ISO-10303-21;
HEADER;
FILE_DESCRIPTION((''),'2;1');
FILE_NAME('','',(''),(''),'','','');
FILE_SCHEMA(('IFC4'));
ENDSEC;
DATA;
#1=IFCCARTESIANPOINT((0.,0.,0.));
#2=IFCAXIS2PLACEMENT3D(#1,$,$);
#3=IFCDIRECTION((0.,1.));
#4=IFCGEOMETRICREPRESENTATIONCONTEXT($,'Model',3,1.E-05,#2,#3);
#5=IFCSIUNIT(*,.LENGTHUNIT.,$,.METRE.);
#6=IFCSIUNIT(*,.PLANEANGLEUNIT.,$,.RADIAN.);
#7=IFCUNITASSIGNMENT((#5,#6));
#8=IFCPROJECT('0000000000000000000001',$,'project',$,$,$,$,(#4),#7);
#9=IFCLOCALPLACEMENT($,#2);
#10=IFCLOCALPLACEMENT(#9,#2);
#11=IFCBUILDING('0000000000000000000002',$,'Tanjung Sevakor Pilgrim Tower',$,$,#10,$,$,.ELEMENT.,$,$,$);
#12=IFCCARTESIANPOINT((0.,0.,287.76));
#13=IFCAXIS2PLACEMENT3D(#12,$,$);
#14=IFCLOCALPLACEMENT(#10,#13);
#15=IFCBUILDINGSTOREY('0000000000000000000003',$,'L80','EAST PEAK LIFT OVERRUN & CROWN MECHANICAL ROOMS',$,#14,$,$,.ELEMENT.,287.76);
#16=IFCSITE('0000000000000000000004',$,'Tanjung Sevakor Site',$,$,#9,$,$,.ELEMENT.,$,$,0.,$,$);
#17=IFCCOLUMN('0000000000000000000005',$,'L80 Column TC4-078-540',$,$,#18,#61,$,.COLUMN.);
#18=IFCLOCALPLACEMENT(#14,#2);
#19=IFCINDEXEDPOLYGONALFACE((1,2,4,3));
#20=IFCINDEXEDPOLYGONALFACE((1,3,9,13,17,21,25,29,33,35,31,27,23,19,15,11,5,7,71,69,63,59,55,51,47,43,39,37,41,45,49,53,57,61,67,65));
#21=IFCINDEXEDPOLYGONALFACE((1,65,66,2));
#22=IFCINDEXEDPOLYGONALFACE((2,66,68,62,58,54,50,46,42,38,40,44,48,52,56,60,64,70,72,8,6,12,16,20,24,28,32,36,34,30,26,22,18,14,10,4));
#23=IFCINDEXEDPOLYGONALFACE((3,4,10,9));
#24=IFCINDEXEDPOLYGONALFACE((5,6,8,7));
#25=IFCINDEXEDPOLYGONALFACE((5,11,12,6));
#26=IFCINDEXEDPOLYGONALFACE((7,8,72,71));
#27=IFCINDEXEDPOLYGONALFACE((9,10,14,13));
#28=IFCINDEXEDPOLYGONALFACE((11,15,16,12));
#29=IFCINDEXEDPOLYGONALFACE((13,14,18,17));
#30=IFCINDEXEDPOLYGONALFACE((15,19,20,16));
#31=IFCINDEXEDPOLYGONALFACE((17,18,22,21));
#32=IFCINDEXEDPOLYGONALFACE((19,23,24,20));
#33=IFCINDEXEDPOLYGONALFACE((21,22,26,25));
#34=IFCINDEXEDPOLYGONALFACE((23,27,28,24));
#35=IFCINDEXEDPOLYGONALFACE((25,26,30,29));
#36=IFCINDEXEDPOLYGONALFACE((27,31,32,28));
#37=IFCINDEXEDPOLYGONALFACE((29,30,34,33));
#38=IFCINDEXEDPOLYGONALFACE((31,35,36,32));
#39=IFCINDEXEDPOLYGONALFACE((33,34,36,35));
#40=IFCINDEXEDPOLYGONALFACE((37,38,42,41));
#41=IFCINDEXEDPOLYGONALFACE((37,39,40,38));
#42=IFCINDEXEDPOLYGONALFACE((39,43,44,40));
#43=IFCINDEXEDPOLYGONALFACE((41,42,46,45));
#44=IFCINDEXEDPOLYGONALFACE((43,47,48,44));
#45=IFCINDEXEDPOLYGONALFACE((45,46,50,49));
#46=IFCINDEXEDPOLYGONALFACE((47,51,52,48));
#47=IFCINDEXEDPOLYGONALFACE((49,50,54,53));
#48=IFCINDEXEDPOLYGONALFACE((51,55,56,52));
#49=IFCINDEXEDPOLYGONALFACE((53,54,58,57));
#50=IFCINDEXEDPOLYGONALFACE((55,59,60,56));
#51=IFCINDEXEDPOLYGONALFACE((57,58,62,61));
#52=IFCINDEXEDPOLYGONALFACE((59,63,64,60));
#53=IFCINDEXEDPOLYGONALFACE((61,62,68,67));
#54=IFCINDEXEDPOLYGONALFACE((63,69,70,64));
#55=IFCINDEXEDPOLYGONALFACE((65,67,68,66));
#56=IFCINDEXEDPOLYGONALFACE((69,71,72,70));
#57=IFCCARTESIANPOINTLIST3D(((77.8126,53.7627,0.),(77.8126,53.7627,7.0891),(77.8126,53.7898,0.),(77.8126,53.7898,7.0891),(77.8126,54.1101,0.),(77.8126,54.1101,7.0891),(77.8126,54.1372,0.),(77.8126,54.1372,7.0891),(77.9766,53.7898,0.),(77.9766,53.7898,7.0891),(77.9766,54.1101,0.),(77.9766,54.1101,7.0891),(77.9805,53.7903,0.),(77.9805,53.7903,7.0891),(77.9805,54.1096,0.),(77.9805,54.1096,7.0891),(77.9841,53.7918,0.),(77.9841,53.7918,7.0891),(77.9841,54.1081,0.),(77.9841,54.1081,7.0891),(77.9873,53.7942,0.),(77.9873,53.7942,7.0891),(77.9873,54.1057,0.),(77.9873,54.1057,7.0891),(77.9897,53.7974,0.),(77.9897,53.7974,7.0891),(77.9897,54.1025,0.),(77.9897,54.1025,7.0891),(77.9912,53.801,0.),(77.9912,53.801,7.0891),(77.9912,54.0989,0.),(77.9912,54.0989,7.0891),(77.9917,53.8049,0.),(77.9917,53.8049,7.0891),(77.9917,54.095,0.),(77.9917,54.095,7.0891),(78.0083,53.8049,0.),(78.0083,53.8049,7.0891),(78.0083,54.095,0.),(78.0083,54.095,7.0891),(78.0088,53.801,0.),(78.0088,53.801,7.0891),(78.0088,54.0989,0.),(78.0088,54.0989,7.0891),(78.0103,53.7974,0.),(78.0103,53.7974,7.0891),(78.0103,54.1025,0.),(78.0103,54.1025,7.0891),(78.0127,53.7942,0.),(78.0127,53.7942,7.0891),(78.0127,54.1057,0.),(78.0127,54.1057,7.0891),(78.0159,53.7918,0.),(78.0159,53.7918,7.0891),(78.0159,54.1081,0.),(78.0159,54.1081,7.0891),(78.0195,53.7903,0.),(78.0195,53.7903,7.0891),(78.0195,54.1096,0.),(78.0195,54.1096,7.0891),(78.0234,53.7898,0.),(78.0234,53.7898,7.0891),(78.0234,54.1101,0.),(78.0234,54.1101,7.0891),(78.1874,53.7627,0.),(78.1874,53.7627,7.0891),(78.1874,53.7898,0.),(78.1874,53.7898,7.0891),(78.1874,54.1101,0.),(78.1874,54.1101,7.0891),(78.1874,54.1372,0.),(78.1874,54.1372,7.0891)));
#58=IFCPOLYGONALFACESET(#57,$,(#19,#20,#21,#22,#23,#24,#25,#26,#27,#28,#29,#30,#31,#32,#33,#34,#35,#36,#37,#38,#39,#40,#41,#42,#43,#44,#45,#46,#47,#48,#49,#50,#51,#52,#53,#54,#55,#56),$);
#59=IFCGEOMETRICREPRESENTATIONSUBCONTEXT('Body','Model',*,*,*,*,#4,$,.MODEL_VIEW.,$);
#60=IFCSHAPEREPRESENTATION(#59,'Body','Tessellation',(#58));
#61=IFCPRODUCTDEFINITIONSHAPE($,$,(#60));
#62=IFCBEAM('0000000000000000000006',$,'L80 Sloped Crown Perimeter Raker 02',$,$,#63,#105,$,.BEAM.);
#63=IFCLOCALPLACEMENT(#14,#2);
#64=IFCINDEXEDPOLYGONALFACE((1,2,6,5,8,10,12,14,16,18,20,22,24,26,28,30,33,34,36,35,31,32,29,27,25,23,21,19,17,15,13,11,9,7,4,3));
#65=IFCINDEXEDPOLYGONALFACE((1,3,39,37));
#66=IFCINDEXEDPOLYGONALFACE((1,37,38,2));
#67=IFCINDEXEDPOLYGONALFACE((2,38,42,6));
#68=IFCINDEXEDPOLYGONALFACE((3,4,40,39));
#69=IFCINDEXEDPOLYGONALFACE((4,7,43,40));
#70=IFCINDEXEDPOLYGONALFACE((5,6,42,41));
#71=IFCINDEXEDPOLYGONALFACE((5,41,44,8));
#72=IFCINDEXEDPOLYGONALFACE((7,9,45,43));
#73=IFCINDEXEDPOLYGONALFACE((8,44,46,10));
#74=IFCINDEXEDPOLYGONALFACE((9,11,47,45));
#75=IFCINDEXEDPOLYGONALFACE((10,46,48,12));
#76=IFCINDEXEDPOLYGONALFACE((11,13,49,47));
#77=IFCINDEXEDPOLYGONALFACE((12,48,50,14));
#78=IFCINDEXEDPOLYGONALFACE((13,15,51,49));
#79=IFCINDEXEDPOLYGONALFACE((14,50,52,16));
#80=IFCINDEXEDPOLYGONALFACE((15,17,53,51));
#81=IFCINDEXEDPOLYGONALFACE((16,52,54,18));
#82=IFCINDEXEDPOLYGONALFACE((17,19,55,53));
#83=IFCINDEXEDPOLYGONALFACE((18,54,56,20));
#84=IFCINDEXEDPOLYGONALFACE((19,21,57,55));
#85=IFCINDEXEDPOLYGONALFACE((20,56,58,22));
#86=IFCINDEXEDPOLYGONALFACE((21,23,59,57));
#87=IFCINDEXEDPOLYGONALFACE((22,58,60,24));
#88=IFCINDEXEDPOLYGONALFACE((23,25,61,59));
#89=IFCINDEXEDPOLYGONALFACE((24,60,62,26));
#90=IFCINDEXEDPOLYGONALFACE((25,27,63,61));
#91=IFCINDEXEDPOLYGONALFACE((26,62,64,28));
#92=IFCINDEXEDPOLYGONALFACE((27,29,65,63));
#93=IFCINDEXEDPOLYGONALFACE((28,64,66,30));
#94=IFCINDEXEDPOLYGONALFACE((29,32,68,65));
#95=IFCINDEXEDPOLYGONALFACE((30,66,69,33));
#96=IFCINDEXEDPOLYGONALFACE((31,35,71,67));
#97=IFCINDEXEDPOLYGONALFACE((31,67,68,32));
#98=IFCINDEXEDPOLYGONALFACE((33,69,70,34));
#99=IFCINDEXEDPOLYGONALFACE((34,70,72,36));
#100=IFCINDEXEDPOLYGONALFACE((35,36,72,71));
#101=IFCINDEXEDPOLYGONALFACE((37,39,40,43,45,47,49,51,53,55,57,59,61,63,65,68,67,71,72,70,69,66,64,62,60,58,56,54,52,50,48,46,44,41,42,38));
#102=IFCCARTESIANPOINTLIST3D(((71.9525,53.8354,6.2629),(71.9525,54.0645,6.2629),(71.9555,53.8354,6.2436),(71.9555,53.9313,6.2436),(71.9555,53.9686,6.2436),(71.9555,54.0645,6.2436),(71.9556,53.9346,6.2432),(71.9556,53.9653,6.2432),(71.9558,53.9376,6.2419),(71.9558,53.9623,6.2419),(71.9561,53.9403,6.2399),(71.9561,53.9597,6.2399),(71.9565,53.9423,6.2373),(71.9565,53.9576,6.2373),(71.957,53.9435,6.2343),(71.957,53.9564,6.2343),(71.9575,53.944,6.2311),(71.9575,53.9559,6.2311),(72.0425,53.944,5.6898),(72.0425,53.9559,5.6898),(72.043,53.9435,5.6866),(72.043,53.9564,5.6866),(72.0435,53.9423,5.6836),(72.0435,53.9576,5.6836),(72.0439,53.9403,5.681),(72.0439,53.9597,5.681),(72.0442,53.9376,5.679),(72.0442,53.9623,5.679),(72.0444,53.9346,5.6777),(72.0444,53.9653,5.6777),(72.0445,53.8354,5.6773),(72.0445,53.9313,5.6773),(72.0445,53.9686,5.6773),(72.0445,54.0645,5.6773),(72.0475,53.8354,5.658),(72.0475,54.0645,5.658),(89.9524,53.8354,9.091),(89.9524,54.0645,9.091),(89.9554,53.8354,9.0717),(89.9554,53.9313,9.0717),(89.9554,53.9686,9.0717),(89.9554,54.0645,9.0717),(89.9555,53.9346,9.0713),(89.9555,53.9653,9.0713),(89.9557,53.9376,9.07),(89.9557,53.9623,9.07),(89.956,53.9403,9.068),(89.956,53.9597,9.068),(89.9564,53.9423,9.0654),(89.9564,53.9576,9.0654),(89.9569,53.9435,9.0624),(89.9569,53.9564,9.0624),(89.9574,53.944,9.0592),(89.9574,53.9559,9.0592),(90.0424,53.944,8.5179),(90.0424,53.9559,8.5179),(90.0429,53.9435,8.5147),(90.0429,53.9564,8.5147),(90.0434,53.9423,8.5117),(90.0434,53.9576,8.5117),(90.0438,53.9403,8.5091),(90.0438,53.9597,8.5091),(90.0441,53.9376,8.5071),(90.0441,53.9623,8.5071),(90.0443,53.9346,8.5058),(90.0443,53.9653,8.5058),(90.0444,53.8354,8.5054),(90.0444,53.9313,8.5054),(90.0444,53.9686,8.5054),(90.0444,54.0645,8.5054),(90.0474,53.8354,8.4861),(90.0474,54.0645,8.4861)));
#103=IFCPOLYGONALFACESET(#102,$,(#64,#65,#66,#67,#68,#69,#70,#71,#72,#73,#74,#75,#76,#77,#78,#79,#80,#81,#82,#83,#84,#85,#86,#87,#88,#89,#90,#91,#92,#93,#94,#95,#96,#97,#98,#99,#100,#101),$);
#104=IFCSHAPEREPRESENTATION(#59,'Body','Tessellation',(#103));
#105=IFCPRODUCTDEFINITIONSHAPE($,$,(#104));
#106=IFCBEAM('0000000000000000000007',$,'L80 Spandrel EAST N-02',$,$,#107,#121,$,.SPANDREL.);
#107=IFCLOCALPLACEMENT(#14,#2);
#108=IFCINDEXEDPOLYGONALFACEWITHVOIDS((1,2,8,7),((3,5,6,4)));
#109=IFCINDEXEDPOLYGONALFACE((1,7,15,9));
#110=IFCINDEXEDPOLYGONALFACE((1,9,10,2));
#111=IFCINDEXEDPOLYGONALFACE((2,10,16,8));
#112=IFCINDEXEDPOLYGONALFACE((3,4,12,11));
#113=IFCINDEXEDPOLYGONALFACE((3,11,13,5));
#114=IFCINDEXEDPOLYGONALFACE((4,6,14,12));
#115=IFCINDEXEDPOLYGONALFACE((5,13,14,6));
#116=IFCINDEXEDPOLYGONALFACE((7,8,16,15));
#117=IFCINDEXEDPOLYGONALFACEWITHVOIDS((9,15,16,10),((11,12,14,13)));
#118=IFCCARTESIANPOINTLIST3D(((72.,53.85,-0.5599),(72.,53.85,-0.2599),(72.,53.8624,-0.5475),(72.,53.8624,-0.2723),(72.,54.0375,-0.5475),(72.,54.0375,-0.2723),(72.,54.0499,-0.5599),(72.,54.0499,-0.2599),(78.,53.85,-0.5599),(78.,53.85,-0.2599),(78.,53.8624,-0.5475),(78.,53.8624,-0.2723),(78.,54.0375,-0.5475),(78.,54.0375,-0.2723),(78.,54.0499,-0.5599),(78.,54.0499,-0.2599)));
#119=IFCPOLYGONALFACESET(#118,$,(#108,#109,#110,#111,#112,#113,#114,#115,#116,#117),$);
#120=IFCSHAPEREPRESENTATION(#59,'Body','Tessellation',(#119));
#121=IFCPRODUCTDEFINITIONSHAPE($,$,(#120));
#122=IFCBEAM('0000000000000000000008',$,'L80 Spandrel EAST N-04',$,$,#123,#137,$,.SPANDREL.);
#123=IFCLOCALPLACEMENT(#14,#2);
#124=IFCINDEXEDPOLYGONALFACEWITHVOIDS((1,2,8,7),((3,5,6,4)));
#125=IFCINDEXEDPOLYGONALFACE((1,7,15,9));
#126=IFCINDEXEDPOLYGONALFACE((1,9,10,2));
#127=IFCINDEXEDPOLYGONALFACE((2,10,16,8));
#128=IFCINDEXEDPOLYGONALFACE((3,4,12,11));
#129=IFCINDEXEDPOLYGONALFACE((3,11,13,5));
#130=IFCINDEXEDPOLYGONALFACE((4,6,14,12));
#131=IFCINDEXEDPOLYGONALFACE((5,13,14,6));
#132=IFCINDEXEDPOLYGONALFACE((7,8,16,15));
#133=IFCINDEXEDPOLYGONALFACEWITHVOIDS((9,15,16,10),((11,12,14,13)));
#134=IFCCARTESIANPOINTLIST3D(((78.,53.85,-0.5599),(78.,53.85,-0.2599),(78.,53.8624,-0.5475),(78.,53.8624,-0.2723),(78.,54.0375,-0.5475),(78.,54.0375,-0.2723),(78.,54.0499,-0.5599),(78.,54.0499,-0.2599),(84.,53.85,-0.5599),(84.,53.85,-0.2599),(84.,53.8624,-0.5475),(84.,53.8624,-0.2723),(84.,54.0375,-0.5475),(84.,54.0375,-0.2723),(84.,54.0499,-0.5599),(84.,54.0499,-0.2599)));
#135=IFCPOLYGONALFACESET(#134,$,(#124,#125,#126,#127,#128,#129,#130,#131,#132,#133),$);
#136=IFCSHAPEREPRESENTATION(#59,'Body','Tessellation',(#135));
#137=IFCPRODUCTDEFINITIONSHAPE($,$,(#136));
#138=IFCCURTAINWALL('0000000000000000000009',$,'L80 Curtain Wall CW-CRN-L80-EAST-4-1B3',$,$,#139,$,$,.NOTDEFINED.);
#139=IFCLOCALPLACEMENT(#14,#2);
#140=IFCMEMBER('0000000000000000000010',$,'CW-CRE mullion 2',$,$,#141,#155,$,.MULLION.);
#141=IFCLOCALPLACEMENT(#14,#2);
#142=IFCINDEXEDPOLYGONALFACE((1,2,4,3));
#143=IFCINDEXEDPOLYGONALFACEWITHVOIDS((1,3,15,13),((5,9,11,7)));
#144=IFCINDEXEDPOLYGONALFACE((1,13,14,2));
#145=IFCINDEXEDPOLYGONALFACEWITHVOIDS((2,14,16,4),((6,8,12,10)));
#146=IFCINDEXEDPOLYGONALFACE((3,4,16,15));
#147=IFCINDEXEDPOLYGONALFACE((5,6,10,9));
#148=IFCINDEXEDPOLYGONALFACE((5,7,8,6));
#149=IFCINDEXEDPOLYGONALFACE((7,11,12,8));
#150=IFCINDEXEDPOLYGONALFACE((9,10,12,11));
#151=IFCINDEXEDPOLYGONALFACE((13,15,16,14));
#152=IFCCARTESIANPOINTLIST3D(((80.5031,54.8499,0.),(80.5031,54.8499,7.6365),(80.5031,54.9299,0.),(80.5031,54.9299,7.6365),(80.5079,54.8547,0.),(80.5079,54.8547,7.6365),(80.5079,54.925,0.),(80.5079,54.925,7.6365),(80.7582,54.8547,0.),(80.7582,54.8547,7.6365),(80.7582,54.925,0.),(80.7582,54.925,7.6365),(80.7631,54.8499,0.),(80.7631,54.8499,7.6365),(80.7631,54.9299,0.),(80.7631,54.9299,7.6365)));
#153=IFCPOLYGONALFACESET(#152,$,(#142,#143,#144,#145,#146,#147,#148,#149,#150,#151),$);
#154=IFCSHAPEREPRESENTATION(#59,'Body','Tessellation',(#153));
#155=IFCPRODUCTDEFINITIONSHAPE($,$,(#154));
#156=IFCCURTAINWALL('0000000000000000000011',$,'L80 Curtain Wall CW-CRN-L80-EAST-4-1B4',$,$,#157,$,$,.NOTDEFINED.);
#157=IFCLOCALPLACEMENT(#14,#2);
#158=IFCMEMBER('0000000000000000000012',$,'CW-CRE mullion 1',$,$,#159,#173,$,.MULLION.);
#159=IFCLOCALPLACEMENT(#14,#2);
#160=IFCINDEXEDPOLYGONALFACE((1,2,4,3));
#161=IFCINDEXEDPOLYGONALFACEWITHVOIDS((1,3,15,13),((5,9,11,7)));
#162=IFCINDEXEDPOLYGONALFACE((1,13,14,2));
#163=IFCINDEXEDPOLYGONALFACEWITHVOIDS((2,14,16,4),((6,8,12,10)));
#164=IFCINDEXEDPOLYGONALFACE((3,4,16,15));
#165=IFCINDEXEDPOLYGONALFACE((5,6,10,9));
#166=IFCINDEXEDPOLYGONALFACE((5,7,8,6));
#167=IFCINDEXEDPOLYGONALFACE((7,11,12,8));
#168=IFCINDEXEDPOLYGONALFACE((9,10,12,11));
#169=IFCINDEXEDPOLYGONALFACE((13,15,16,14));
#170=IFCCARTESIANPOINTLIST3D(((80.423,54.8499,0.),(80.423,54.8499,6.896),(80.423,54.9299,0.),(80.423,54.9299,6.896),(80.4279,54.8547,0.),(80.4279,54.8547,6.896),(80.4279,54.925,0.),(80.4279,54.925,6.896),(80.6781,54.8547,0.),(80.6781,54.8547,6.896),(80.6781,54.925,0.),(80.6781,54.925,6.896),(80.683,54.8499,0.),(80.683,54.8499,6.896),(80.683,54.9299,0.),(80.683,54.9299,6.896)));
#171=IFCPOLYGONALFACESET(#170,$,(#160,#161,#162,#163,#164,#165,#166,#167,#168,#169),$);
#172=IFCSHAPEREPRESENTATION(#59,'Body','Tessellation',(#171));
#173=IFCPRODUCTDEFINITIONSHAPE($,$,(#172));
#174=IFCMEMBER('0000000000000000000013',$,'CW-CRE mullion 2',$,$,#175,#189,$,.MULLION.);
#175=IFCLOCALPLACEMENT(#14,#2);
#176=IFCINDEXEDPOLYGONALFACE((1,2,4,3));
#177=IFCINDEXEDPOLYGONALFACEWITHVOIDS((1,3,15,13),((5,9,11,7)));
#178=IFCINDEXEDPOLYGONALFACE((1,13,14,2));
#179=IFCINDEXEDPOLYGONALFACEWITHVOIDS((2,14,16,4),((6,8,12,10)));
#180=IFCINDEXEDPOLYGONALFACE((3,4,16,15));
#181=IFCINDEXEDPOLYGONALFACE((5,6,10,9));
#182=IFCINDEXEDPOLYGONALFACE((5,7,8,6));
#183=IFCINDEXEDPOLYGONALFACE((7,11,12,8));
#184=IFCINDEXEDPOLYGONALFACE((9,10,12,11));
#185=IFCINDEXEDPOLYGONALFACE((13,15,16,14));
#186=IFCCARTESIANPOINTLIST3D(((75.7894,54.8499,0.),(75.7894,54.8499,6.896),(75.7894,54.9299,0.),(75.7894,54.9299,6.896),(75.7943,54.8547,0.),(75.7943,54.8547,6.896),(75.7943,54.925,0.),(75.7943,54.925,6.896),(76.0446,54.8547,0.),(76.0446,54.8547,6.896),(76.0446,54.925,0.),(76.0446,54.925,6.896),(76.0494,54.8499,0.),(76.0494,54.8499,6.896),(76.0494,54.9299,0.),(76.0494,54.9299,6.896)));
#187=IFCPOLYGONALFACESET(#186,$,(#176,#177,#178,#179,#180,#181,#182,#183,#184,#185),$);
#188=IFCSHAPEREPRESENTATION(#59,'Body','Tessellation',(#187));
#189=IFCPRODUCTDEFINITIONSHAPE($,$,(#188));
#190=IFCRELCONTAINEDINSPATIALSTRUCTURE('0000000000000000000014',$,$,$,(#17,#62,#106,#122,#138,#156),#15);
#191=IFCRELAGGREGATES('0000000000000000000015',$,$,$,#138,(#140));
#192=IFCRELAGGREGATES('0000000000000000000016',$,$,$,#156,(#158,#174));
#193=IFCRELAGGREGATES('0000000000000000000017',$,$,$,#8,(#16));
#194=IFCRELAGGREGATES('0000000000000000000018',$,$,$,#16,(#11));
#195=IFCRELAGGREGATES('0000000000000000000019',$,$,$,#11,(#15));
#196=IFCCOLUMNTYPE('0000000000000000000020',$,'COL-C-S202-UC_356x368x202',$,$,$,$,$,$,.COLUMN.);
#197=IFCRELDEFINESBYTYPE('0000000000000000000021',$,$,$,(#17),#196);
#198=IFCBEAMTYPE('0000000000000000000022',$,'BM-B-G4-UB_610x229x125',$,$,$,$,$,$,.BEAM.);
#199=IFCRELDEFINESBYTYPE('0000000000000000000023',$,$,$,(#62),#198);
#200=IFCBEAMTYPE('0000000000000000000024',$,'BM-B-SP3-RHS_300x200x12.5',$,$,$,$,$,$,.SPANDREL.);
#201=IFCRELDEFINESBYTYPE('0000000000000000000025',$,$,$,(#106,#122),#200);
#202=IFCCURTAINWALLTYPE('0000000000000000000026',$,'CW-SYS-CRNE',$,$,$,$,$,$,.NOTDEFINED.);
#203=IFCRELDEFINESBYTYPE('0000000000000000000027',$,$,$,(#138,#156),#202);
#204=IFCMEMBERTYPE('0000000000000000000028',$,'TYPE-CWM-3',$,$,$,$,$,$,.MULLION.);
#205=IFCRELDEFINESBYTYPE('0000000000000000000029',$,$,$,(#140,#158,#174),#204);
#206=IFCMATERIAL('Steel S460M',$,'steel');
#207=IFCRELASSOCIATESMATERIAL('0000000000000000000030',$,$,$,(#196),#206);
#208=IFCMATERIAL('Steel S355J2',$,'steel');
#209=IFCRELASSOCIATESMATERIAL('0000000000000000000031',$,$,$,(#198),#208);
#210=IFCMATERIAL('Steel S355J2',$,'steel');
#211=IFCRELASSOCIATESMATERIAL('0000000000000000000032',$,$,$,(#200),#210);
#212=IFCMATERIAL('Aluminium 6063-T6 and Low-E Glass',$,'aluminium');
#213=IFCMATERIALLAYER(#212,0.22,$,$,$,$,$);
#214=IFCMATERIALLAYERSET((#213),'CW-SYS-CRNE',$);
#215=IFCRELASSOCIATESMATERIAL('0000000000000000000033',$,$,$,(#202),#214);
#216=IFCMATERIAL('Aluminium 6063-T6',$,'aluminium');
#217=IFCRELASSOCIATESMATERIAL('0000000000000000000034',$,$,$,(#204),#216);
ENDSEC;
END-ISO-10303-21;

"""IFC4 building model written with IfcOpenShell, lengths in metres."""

from ifc_helpers import new_model, si_unit, direction, frame, origin, origin_2d, place, context, subcontext, project, spatial, hollow_rectangle, i_section, extrude, material, layer, layer_set, material_profile, profile_set, type_object, element, aggregate, save


model = new_model("IFC4")

# Units and contexts
model_context = context("Model", 3, precision=1e-05, world=origin(), true_north=direction((0.0, 1.0)))
body_context = subcontext(model_context, "Body", "Model", "MODEL_VIEW")
ifc_project = project(units=[si_unit("LENGTHUNIT", "METRE"), si_unit("PLANEANGLEUNIT", "RADIAN")], contexts=[model_context])

# Site, building, storey
site_placement = place(None, origin())
site = spatial("IfcSite", under=ifc_project, at=site_placement, Name="Tanjung Sevakor Site", CompositionType="ELEMENT", RefElevation=0.0)
building_placement = place(site_placement, origin())
building = spatial("IfcBuilding", under=site, at=building_placement, Name="Tanjung Sevakor Pilgrim Tower", CompositionType="ELEMENT")
storey_placement = place(building_placement, frame((0.0, 0.0, 287.76)))
storey = spatial("IfcBuildingStorey", under=building, at=storey_placement, Name="L80", Description="EAST PEAK LIFT OVERRUN & CROWN MECHANICAL ROOMS", CompositionType="ELEMENT", Elevation=287.76)

# Column
ifc_material_1 = material(Name="Steel S460M", Category="steel")
ifc_material_profile_1 = material_profile(ifc_material_1, i_section(OverallWidth=0.3748, OverallDepth=0.3745, WebThickness=0.0166, FlangeThickness=0.0271, FilletRadius=0.0151, at=origin_2d()))
ifc_profile_set_1 = profile_set([ifc_material_profile_1], Name="Steel S460M")
column_type = type_object("IfcColumnType", Name="COL-C-S202-UC_356x368x202", PredefinedType="COLUMN", material=ifc_profile_set_1)
column_placement = place(storey_placement, frame((78.0, 53.95, 0.0), z_axis=(0.0, 0.0, 1.0), x_axis=(1.0, 0.0, 0.0)))
element("IfcColumn", 1, at=column_placement, inside=storey, type_object=column_type, Name="L80 Column TC4-078-540", PredefinedType="COLUMN", context=body_context, shape_type="SweptSolid", body=[
    extrude(i_section(OverallWidth=0.3748, OverallDepth=0.3745, WebThickness=0.0166, FlangeThickness=0.0271, FilletRadius=0.0151, at=origin_2d()), origin(), (0.0, 0.0, 1.0), 7.0891),
])

# Beams
ifc_material_2 = material(Name="Steel S355J2", Category="steel")
ifc_material_profile_2 = material_profile(ifc_material_2, i_section(OverallWidth=0.229, OverallDepth=0.6123, WebThickness=0.012, FlangeThickness=0.0195, FilletRadius=0.0127, at=origin_2d()))
ifc_profile_set_2 = profile_set([ifc_material_profile_2], Name="Steel S355J2")
beam_type_1 = type_object("IfcBeamType", Name="BM-B-G4-UB_610x229x125", PredefinedType="BEAM", material=ifc_profile_set_2)
beam_placement = place(storey_placement, frame((72.0, 53.95, 5.9604), z_axis=(0.987881, 0.0, 0.155214), x_axis=(0.0, 1.0, 0.0)))
element("IfcBeam", 2, at=beam_placement, inside=storey, type_object=beam_type_1, Name="L80 Sloped Crown Perimeter Raker 02", PredefinedType="BEAM", context=body_context, shape_type="SweptSolid", body=[
    extrude(i_section(OverallWidth=0.229, OverallDepth=0.6123, WebThickness=0.012, FlangeThickness=0.0195, FilletRadius=0.0127, at=origin_2d()), origin(), (0.0, 0.0, 1.0), 18.2207),
])
ifc_material_3 = material(Name="Steel S355J2", Category="steel")
ifc_material_profile_3 = material_profile(ifc_material_3, hollow_rectangle(XDim=0.2, YDim=0.3, WallThickness=0.0125, at=origin_2d()))
ifc_profile_set_3 = profile_set([ifc_material_profile_3], Name="Steel S355J2")
beam_type_2 = type_object("IfcBeamType", Name="BM-B-SP3-RHS_300x200x12.5", PredefinedType="SPANDREL", material=ifc_profile_set_3)
for number, where, z_axis, x_axis, name in (
    (3, (72.0, 53.95, -0.4099), (1.0, 0.0, 0.0), (0.0, 1.0, 0.0), "L80 Spandrel EAST N-02"),
    (4, (78.0, 53.95, -0.4099), (1.0, 0.0, 0.0), (0.0, 1.0, 0.0), "L80 Spandrel EAST N-04"),
):
    element("IfcBeam", number, at=place(storey_placement, frame(where, z_axis=z_axis, x_axis=x_axis)), inside=storey, type_object=beam_type_2, Name=name, PredefinedType="SPANDREL", context=body_context, shape_type="SweptSolid", body=[
        extrude(hollow_rectangle(XDim=0.2, YDim=0.3, WallThickness=0.0125, at=origin_2d()), origin(), (0.0, 0.0, 1.0), 6.0),
    ])

# Curtain wall, member
ifc_material_4 = material(Name="Aluminium 6063-T6 and Low-E Glass", Category="aluminium")
ifc_layer_1 = layer(ifc_material_4, 0.22)
ifc_layer_set_1 = layer_set([ifc_layer_1], Name="CW-SYS-CRNE")
curtain_wall_type = type_object("IfcCurtainWallType", Name="CW-SYS-CRNE", PredefinedType="NOTDEFINED", material=ifc_layer_set_1)
curtain_wall_1_placement = place(storey_placement, origin())
curtain_wall_1 = element("IfcCurtainWall", 5, at=curtain_wall_1_placement, inside=storey, type_object=curtain_wall_type, Name="L80 Curtain Wall CW-CRN-L80-EAST-4-1B3", PredefinedType="NOTDEFINED")
ifc_material_5 = material(Name="Aluminium 6063-T6", Category="aluminium")
ifc_material_profile_4 = material_profile(ifc_material_5, hollow_rectangle(XDim=0.0801, YDim=0.26, WallThickness=0.0049, at=origin_2d()))
ifc_profile_set_4 = profile_set([ifc_material_profile_4], Name="Aluminium 6063-T6")
member_type_1 = type_object("IfcMemberType", Name="TYPE-CWM-3", PredefinedType="MULLION", material=ifc_profile_set_4)
member_1_placement = place(storey_placement, frame((80.6331, 54.8899, 0.0), z_axis=(0.0, 0.0, 1.0), x_axis=(0.0, -1.0, 0.0)))
member_1 = element("IfcMember", 6, at=member_1_placement, type_object=member_type_1, Name="CW-CRE mullion 2", PredefinedType="MULLION", context=body_context, shape_type="SweptSolid", body=[
    extrude(hollow_rectangle(XDim=0.0801, YDim=0.26, WallThickness=0.0049, at=origin_2d()), origin(), (0.0, 0.0, 1.0), 7.6365),
])

# Curtain wall, members
curtain_wall_2_placement = place(storey_placement, origin())
curtain_wall_2 = element("IfcCurtainWall", 7, at=curtain_wall_2_placement, inside=storey, type_object=curtain_wall_type, Name="L80 Curtain Wall CW-CRN-L80-EAST-4-1B4", PredefinedType="NOTDEFINED")
member_2_placement = place(storey_placement, frame((80.553, 54.8899, 0.0), z_axis=(0.0, 0.0, 1.0), x_axis=(0.0, -1.0, 0.0)))
member_2 = element("IfcMember", 8, at=member_2_placement, type_object=member_type_1, Name="CW-CRE mullion 1", PredefinedType="MULLION", context=body_context, shape_type="SweptSolid", body=[
    extrude(hollow_rectangle(XDim=0.0801, YDim=0.26, WallThickness=0.0049, at=origin_2d()), origin(), (0.0, 0.0, 1.0), 6.896),
])
member_3_placement = place(storey_placement, frame((75.9194, 54.8899, 0.0), z_axis=(0.0, 0.0, 1.0), x_axis=(0.0, -1.0, 0.0)))
member_3 = element("IfcMember", 9, at=member_3_placement, type_object=member_type_1, Name="CW-CRE mullion 2", PredefinedType="MULLION", context=body_context, shape_type="SweptSolid", body=[
    extrude(hollow_rectangle(XDim=0.0801, YDim=0.26, WallThickness=0.0049, at=origin_2d()), origin(), (0.0, 0.0, 1.0), 6.896),
])

aggregate(curtain_wall_1, [member_1])
aggregate(curtain_wall_2, [member_2, member_3])

save(model, "model.ifc")
